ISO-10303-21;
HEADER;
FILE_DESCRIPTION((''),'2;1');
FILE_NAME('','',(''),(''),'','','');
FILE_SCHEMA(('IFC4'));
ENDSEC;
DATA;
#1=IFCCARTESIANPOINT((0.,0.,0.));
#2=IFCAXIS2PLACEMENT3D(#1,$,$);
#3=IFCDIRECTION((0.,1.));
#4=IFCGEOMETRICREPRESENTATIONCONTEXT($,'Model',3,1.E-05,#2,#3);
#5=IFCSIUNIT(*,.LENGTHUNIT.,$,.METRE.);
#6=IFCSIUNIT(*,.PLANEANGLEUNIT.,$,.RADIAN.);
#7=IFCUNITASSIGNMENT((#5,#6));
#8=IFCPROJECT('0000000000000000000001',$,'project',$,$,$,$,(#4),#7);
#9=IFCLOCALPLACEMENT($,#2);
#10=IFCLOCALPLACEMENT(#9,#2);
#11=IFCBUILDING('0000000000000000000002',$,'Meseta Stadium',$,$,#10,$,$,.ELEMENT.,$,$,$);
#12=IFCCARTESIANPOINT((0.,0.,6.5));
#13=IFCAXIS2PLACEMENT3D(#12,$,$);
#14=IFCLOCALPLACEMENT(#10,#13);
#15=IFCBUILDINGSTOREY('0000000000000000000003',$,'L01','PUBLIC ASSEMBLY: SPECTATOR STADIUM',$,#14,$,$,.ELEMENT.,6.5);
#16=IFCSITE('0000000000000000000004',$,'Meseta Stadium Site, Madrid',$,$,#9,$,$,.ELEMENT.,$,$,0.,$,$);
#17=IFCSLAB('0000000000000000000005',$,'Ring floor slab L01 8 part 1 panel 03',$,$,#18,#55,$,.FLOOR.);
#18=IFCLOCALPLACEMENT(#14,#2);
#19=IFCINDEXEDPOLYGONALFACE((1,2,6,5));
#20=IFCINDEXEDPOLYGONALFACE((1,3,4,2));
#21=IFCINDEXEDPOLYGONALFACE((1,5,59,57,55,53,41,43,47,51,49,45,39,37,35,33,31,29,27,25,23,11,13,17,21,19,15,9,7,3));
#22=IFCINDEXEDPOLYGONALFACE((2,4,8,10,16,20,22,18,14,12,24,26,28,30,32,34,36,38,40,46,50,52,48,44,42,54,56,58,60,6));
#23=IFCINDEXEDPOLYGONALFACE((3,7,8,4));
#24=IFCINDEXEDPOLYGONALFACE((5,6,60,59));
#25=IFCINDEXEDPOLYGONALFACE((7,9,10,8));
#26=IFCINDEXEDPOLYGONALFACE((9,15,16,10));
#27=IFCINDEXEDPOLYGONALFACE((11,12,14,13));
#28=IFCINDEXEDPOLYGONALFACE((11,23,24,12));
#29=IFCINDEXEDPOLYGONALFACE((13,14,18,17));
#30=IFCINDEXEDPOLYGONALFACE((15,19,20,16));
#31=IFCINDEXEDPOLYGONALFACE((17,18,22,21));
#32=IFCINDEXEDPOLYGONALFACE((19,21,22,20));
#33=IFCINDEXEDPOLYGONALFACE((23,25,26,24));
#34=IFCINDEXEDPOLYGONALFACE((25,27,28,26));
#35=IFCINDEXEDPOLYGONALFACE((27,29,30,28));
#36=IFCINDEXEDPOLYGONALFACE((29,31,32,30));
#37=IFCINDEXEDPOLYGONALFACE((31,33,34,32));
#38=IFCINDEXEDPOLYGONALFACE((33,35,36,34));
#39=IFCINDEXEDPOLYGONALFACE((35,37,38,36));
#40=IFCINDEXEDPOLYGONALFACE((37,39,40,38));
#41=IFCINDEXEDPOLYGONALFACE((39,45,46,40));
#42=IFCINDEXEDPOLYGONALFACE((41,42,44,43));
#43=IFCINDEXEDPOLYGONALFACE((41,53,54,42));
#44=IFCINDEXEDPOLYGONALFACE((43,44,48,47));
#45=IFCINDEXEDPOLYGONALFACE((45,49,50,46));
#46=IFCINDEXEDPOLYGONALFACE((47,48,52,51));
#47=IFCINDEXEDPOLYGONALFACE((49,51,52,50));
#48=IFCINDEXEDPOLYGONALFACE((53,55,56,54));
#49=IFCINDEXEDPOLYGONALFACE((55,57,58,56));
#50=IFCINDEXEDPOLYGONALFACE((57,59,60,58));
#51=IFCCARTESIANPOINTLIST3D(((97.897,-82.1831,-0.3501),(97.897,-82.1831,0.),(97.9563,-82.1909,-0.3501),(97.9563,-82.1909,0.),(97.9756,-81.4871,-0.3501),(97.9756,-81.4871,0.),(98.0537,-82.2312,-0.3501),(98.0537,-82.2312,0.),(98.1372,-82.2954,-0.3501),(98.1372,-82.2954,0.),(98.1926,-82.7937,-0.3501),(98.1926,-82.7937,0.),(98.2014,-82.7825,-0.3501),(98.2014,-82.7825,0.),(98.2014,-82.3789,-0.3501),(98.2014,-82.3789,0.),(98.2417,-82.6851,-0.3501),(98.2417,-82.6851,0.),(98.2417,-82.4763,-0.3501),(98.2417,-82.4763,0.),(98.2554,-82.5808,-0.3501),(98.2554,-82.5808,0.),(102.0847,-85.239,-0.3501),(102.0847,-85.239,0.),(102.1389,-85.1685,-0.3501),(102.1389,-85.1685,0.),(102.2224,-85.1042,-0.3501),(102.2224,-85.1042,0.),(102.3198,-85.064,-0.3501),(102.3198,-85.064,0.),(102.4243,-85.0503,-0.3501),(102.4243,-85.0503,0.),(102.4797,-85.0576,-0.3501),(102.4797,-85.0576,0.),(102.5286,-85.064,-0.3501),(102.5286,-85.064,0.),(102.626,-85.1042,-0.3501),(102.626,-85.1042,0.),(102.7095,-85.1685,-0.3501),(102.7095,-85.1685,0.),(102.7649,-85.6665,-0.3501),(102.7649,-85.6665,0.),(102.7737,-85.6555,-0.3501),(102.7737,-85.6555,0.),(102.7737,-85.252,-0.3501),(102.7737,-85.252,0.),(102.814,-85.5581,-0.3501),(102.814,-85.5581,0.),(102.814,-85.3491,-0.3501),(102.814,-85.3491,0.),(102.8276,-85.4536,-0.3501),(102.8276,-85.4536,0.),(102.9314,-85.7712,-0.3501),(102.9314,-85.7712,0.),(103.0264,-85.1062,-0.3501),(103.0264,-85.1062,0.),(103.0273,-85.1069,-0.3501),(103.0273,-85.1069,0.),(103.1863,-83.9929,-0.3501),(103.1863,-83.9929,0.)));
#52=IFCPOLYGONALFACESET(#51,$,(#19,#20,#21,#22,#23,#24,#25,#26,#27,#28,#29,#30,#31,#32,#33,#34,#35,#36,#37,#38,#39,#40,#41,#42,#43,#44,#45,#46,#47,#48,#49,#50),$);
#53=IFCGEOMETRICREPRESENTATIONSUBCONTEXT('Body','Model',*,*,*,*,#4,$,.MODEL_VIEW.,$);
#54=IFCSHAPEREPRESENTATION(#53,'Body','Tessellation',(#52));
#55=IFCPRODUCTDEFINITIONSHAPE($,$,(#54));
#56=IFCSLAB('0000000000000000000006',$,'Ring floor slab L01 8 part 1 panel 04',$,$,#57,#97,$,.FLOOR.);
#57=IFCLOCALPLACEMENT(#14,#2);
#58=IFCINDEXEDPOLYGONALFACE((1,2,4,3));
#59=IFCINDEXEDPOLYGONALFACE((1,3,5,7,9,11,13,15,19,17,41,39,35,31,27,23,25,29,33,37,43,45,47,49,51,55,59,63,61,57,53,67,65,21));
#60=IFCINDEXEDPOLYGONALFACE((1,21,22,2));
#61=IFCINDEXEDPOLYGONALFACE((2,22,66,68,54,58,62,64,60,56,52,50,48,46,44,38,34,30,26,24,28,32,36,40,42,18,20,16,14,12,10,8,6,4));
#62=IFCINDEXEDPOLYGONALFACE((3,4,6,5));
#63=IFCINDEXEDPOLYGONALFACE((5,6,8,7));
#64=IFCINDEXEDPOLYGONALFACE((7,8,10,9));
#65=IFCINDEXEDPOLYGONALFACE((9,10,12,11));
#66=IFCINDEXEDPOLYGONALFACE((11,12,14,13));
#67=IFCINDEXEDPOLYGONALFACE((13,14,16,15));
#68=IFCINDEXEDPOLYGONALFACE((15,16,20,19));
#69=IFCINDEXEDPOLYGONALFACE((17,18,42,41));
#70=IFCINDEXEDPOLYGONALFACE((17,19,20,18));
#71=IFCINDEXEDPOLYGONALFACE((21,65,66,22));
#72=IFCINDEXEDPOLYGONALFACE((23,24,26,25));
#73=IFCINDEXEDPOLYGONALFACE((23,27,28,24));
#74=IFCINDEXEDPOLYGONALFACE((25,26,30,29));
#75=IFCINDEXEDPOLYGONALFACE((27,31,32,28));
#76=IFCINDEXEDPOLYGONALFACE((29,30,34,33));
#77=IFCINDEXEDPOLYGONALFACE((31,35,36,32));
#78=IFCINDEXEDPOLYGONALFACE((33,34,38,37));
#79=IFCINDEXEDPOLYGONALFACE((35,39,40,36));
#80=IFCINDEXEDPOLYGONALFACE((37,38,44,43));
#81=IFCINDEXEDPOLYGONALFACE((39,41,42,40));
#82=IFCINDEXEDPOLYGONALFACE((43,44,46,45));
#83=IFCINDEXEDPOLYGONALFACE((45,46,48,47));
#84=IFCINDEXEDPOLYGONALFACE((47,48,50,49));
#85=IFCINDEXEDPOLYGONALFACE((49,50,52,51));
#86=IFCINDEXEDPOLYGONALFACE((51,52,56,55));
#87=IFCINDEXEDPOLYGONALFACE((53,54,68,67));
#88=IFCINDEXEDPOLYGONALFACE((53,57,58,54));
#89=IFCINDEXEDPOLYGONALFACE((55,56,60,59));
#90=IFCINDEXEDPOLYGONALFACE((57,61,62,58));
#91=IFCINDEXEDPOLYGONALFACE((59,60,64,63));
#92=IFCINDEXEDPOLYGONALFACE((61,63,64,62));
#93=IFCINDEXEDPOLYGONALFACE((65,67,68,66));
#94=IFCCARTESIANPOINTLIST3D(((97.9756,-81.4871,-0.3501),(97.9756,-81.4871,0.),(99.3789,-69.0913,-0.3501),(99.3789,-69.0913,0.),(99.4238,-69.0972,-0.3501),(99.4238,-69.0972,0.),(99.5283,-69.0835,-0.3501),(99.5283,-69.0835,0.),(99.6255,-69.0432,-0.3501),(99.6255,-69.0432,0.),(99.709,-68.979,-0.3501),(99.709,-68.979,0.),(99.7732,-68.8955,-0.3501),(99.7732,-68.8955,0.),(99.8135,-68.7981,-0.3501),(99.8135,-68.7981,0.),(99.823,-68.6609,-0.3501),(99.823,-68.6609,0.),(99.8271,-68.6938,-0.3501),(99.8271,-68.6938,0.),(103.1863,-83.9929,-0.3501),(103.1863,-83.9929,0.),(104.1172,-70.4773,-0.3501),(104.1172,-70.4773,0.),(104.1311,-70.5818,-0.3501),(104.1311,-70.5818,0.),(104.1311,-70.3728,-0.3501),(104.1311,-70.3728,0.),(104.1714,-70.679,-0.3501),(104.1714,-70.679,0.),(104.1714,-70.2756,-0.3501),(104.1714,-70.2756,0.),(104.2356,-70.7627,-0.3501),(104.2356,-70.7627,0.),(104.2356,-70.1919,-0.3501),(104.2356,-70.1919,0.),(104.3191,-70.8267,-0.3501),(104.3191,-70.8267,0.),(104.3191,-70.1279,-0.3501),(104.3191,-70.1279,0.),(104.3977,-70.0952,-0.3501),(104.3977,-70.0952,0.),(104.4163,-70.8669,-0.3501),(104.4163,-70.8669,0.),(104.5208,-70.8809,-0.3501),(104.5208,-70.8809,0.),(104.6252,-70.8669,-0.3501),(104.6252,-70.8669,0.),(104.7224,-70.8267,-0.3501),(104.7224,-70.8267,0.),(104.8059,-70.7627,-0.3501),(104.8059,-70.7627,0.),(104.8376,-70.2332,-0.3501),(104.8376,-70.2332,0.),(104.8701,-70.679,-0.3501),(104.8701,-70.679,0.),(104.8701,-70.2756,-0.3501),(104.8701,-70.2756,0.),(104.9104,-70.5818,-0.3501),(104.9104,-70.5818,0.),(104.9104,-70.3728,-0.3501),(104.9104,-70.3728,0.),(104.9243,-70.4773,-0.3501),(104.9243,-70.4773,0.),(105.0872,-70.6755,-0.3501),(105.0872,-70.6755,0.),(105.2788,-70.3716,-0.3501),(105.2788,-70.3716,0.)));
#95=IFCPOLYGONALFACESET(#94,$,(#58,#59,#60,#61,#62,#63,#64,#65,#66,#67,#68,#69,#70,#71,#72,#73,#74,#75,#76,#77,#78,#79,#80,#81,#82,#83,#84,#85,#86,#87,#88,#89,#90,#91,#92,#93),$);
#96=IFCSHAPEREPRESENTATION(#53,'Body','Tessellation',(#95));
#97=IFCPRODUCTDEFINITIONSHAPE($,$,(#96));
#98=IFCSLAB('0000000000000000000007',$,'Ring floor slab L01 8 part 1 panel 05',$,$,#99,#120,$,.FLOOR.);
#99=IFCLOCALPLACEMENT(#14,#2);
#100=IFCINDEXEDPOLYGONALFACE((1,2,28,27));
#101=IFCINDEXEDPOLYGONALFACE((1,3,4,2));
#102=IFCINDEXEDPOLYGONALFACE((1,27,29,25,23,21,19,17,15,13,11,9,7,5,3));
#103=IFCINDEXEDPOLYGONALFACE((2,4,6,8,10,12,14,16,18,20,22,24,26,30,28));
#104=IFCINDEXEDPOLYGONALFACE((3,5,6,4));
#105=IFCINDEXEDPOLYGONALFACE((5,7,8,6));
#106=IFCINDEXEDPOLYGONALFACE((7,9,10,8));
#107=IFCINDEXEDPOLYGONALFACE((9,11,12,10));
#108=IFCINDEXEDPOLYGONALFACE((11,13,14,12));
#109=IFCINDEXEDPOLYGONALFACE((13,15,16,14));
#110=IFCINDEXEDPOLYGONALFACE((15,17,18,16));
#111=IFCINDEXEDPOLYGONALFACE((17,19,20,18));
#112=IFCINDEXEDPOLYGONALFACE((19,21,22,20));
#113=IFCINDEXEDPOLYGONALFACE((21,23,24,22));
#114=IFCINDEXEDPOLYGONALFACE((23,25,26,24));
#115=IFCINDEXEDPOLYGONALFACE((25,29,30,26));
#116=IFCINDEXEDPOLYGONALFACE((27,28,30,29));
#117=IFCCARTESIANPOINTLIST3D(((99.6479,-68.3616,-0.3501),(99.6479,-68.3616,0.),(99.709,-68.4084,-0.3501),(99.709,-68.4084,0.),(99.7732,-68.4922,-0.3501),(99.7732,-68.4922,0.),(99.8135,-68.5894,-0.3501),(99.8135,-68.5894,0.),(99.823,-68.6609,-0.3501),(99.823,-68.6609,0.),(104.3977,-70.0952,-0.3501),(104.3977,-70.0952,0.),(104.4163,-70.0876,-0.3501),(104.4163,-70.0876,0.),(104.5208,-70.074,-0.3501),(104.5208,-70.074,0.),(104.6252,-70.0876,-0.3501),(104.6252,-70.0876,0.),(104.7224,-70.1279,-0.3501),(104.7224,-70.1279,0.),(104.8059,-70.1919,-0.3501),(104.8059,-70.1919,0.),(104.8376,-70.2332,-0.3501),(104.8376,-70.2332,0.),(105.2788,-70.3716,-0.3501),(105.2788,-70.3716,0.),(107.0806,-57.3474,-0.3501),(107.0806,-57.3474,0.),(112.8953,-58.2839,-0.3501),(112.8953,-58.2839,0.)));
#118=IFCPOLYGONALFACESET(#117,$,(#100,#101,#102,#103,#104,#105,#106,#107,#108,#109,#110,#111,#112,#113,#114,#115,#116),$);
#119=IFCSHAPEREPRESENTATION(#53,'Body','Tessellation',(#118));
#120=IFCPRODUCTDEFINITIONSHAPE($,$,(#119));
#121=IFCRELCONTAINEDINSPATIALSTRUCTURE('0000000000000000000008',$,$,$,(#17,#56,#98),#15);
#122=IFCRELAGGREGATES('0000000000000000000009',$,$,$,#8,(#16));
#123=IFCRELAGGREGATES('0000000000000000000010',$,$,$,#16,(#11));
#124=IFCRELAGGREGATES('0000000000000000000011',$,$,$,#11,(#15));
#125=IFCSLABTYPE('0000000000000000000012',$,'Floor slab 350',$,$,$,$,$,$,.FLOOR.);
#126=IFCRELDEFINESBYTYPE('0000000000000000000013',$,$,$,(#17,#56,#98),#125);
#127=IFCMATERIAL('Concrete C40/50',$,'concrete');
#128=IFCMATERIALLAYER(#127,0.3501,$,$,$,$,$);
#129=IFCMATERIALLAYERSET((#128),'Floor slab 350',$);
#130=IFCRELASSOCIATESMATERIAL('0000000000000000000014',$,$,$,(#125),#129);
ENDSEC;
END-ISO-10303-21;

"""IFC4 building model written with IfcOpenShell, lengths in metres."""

from ifc_helpers import new_model, si_unit, direction, frame, origin, place, context, subcontext, project, spatial, polyline, outline, extrude, material, layer, layer_set, type_object, element, save


model = new_model("IFC4")

# Units and contexts
model_context = context("Model", 3, precision=1e-05, world=origin(), true_north=direction((0.0, 1.0)))
body_context = subcontext(model_context, "Body", "Model", "MODEL_VIEW")
ifc_project = project(units=[si_unit("LENGTHUNIT", "METRE"), si_unit("PLANEANGLEUNIT", "RADIAN")], contexts=[model_context])

# Site, building, storey
site_placement = place(None, origin())
site = spatial("IfcSite", under=ifc_project, at=site_placement, Name="Meseta Stadium Site, Madrid", CompositionType="ELEMENT", RefElevation=0.0)
building_placement = place(site_placement, origin())
building = spatial("IfcBuilding", under=site, at=building_placement, Name="Meseta Stadium", CompositionType="ELEMENT")
storey_placement = place(building_placement, frame((0.0, 0.0, 6.5)))
storey = spatial("IfcBuildingStorey", under=building, at=storey_placement, Name="L01", Description="PUBLIC ASSEMBLY: SPECTATOR STADIUM", CompositionType="ELEMENT", Elevation=6.5)

# Slabs
ifc_material_1 = material(Name="Concrete C40/50", Category="concrete")
ifc_layer = layer(ifc_material_1, 0.3501)
ifc_layer_set = layer_set([ifc_layer], Name="Floor slab 350")
slab_type = type_object("IfcSlabType", Name="Floor slab 350", PredefinedType="FLOOR", material=ifc_layer_set)
slab_1_placement = place(storey_placement, frame((0.0, 0.0, -0.3501)))
element("IfcSlab", 1, at=slab_1_placement, inside=storey, type_object=slab_type, Name="Ring floor slab L01 8 part 1 panel 03", PredefinedType="FLOOR", context=body_context, shape_type="SweptSolid", body=[
    extrude(outline(polyline([(102.7737, -85.6555), (102.7649, -85.6665), (102.9314, -85.7712), (103.0264, -85.1062), (103.0273, -85.1069), (103.1863, -83.9929), (97.9756, -81.4871), (97.897, -82.1831), (97.9563, -82.1909), (98.0537, -82.2312), (98.1372, -82.2954), (98.2014, -82.3789), (98.2417, -82.4763), (98.2554, -82.5808), (98.2417, -82.6851), (98.2014, -82.7825), (98.1926, -82.7937), (102.0847, -85.239), (102.1389, -85.1685), (102.2224, -85.1042), (102.3198, -85.064), (102.4243, -85.0503), (102.4797, -85.0576), (102.5286, -85.064), (102.626, -85.1042), (102.7095, -85.1685), (102.7737, -85.252), (102.814, -85.3491), (102.8276, -85.4536), (102.814, -85.5581), (102.7737, -85.6555)])), origin(), (0.0, 0.0, 1.0), 0.3501),
])
slab_2_placement = place(storey_placement, frame((0.0, 0.0, -0.3501)))
element("IfcSlab", 2, at=slab_2_placement, inside=storey, type_object=slab_type, Name="Ring floor slab L01 8 part 1 panel 04", PredefinedType="FLOOR", context=body_context, shape_type="SweptSolid", body=[
    extrude(outline(polyline([(104.3191, -70.8267), (104.2356, -70.7627), (104.1714, -70.679), (104.1311, -70.5818), (104.1172, -70.4773), (104.1311, -70.3728), (104.1714, -70.2756), (104.2356, -70.1919), (104.3191, -70.1279), (104.3977, -70.0952), (99.823, -68.6609), (99.8271, -68.6938), (99.8135, -68.7981), (99.7732, -68.8955), (99.709, -68.979), (99.6255, -69.0432), (99.5283, -69.0835), (99.4238, -69.0972), (99.3789, -69.0913), (97.9756, -81.4871), (103.1863, -83.9929), (105.0872, -70.6755), (105.2788, -70.3716), (104.8376, -70.2332), (104.8701, -70.2756), (104.9104, -70.3728), (104.9243, -70.4773), (104.9104, -70.5818), (104.8701, -70.679), (104.8059, -70.7627), (104.7224, -70.8267), (104.6252, -70.8669), (104.5208, -70.8809), (104.4163, -70.8669), (104.3191, -70.8267)])), origin(), (0.0, 0.0, 1.0), 0.3501),
])
slab_3_placement = place(storey_placement, frame((0.0, 0.0, -0.3501)))
element("IfcSlab", 3, at=slab_3_placement, inside=storey, type_object=slab_type, Name="Ring floor slab L01 8 part 1 panel 05", PredefinedType="FLOOR", context=body_context, shape_type="SweptSolid", body=[
    extrude(outline(polyline([(104.6252, -70.0876), (104.7224, -70.1279), (104.8059, -70.1919), (104.8376, -70.2332), (105.2788, -70.3716), (112.8953, -58.2839), (107.0806, -57.3474), (99.6479, -68.3616), (99.709, -68.4084), (99.7732, -68.4922), (99.8135, -68.5894), (99.823, -68.6609), (104.3977, -70.0952), (104.4163, -70.0876), (104.5208, -70.074), (104.6252, -70.0876)])), origin(), (0.0, 0.0, 1.0), 0.3501),
])

save(model, "model.ifc")
